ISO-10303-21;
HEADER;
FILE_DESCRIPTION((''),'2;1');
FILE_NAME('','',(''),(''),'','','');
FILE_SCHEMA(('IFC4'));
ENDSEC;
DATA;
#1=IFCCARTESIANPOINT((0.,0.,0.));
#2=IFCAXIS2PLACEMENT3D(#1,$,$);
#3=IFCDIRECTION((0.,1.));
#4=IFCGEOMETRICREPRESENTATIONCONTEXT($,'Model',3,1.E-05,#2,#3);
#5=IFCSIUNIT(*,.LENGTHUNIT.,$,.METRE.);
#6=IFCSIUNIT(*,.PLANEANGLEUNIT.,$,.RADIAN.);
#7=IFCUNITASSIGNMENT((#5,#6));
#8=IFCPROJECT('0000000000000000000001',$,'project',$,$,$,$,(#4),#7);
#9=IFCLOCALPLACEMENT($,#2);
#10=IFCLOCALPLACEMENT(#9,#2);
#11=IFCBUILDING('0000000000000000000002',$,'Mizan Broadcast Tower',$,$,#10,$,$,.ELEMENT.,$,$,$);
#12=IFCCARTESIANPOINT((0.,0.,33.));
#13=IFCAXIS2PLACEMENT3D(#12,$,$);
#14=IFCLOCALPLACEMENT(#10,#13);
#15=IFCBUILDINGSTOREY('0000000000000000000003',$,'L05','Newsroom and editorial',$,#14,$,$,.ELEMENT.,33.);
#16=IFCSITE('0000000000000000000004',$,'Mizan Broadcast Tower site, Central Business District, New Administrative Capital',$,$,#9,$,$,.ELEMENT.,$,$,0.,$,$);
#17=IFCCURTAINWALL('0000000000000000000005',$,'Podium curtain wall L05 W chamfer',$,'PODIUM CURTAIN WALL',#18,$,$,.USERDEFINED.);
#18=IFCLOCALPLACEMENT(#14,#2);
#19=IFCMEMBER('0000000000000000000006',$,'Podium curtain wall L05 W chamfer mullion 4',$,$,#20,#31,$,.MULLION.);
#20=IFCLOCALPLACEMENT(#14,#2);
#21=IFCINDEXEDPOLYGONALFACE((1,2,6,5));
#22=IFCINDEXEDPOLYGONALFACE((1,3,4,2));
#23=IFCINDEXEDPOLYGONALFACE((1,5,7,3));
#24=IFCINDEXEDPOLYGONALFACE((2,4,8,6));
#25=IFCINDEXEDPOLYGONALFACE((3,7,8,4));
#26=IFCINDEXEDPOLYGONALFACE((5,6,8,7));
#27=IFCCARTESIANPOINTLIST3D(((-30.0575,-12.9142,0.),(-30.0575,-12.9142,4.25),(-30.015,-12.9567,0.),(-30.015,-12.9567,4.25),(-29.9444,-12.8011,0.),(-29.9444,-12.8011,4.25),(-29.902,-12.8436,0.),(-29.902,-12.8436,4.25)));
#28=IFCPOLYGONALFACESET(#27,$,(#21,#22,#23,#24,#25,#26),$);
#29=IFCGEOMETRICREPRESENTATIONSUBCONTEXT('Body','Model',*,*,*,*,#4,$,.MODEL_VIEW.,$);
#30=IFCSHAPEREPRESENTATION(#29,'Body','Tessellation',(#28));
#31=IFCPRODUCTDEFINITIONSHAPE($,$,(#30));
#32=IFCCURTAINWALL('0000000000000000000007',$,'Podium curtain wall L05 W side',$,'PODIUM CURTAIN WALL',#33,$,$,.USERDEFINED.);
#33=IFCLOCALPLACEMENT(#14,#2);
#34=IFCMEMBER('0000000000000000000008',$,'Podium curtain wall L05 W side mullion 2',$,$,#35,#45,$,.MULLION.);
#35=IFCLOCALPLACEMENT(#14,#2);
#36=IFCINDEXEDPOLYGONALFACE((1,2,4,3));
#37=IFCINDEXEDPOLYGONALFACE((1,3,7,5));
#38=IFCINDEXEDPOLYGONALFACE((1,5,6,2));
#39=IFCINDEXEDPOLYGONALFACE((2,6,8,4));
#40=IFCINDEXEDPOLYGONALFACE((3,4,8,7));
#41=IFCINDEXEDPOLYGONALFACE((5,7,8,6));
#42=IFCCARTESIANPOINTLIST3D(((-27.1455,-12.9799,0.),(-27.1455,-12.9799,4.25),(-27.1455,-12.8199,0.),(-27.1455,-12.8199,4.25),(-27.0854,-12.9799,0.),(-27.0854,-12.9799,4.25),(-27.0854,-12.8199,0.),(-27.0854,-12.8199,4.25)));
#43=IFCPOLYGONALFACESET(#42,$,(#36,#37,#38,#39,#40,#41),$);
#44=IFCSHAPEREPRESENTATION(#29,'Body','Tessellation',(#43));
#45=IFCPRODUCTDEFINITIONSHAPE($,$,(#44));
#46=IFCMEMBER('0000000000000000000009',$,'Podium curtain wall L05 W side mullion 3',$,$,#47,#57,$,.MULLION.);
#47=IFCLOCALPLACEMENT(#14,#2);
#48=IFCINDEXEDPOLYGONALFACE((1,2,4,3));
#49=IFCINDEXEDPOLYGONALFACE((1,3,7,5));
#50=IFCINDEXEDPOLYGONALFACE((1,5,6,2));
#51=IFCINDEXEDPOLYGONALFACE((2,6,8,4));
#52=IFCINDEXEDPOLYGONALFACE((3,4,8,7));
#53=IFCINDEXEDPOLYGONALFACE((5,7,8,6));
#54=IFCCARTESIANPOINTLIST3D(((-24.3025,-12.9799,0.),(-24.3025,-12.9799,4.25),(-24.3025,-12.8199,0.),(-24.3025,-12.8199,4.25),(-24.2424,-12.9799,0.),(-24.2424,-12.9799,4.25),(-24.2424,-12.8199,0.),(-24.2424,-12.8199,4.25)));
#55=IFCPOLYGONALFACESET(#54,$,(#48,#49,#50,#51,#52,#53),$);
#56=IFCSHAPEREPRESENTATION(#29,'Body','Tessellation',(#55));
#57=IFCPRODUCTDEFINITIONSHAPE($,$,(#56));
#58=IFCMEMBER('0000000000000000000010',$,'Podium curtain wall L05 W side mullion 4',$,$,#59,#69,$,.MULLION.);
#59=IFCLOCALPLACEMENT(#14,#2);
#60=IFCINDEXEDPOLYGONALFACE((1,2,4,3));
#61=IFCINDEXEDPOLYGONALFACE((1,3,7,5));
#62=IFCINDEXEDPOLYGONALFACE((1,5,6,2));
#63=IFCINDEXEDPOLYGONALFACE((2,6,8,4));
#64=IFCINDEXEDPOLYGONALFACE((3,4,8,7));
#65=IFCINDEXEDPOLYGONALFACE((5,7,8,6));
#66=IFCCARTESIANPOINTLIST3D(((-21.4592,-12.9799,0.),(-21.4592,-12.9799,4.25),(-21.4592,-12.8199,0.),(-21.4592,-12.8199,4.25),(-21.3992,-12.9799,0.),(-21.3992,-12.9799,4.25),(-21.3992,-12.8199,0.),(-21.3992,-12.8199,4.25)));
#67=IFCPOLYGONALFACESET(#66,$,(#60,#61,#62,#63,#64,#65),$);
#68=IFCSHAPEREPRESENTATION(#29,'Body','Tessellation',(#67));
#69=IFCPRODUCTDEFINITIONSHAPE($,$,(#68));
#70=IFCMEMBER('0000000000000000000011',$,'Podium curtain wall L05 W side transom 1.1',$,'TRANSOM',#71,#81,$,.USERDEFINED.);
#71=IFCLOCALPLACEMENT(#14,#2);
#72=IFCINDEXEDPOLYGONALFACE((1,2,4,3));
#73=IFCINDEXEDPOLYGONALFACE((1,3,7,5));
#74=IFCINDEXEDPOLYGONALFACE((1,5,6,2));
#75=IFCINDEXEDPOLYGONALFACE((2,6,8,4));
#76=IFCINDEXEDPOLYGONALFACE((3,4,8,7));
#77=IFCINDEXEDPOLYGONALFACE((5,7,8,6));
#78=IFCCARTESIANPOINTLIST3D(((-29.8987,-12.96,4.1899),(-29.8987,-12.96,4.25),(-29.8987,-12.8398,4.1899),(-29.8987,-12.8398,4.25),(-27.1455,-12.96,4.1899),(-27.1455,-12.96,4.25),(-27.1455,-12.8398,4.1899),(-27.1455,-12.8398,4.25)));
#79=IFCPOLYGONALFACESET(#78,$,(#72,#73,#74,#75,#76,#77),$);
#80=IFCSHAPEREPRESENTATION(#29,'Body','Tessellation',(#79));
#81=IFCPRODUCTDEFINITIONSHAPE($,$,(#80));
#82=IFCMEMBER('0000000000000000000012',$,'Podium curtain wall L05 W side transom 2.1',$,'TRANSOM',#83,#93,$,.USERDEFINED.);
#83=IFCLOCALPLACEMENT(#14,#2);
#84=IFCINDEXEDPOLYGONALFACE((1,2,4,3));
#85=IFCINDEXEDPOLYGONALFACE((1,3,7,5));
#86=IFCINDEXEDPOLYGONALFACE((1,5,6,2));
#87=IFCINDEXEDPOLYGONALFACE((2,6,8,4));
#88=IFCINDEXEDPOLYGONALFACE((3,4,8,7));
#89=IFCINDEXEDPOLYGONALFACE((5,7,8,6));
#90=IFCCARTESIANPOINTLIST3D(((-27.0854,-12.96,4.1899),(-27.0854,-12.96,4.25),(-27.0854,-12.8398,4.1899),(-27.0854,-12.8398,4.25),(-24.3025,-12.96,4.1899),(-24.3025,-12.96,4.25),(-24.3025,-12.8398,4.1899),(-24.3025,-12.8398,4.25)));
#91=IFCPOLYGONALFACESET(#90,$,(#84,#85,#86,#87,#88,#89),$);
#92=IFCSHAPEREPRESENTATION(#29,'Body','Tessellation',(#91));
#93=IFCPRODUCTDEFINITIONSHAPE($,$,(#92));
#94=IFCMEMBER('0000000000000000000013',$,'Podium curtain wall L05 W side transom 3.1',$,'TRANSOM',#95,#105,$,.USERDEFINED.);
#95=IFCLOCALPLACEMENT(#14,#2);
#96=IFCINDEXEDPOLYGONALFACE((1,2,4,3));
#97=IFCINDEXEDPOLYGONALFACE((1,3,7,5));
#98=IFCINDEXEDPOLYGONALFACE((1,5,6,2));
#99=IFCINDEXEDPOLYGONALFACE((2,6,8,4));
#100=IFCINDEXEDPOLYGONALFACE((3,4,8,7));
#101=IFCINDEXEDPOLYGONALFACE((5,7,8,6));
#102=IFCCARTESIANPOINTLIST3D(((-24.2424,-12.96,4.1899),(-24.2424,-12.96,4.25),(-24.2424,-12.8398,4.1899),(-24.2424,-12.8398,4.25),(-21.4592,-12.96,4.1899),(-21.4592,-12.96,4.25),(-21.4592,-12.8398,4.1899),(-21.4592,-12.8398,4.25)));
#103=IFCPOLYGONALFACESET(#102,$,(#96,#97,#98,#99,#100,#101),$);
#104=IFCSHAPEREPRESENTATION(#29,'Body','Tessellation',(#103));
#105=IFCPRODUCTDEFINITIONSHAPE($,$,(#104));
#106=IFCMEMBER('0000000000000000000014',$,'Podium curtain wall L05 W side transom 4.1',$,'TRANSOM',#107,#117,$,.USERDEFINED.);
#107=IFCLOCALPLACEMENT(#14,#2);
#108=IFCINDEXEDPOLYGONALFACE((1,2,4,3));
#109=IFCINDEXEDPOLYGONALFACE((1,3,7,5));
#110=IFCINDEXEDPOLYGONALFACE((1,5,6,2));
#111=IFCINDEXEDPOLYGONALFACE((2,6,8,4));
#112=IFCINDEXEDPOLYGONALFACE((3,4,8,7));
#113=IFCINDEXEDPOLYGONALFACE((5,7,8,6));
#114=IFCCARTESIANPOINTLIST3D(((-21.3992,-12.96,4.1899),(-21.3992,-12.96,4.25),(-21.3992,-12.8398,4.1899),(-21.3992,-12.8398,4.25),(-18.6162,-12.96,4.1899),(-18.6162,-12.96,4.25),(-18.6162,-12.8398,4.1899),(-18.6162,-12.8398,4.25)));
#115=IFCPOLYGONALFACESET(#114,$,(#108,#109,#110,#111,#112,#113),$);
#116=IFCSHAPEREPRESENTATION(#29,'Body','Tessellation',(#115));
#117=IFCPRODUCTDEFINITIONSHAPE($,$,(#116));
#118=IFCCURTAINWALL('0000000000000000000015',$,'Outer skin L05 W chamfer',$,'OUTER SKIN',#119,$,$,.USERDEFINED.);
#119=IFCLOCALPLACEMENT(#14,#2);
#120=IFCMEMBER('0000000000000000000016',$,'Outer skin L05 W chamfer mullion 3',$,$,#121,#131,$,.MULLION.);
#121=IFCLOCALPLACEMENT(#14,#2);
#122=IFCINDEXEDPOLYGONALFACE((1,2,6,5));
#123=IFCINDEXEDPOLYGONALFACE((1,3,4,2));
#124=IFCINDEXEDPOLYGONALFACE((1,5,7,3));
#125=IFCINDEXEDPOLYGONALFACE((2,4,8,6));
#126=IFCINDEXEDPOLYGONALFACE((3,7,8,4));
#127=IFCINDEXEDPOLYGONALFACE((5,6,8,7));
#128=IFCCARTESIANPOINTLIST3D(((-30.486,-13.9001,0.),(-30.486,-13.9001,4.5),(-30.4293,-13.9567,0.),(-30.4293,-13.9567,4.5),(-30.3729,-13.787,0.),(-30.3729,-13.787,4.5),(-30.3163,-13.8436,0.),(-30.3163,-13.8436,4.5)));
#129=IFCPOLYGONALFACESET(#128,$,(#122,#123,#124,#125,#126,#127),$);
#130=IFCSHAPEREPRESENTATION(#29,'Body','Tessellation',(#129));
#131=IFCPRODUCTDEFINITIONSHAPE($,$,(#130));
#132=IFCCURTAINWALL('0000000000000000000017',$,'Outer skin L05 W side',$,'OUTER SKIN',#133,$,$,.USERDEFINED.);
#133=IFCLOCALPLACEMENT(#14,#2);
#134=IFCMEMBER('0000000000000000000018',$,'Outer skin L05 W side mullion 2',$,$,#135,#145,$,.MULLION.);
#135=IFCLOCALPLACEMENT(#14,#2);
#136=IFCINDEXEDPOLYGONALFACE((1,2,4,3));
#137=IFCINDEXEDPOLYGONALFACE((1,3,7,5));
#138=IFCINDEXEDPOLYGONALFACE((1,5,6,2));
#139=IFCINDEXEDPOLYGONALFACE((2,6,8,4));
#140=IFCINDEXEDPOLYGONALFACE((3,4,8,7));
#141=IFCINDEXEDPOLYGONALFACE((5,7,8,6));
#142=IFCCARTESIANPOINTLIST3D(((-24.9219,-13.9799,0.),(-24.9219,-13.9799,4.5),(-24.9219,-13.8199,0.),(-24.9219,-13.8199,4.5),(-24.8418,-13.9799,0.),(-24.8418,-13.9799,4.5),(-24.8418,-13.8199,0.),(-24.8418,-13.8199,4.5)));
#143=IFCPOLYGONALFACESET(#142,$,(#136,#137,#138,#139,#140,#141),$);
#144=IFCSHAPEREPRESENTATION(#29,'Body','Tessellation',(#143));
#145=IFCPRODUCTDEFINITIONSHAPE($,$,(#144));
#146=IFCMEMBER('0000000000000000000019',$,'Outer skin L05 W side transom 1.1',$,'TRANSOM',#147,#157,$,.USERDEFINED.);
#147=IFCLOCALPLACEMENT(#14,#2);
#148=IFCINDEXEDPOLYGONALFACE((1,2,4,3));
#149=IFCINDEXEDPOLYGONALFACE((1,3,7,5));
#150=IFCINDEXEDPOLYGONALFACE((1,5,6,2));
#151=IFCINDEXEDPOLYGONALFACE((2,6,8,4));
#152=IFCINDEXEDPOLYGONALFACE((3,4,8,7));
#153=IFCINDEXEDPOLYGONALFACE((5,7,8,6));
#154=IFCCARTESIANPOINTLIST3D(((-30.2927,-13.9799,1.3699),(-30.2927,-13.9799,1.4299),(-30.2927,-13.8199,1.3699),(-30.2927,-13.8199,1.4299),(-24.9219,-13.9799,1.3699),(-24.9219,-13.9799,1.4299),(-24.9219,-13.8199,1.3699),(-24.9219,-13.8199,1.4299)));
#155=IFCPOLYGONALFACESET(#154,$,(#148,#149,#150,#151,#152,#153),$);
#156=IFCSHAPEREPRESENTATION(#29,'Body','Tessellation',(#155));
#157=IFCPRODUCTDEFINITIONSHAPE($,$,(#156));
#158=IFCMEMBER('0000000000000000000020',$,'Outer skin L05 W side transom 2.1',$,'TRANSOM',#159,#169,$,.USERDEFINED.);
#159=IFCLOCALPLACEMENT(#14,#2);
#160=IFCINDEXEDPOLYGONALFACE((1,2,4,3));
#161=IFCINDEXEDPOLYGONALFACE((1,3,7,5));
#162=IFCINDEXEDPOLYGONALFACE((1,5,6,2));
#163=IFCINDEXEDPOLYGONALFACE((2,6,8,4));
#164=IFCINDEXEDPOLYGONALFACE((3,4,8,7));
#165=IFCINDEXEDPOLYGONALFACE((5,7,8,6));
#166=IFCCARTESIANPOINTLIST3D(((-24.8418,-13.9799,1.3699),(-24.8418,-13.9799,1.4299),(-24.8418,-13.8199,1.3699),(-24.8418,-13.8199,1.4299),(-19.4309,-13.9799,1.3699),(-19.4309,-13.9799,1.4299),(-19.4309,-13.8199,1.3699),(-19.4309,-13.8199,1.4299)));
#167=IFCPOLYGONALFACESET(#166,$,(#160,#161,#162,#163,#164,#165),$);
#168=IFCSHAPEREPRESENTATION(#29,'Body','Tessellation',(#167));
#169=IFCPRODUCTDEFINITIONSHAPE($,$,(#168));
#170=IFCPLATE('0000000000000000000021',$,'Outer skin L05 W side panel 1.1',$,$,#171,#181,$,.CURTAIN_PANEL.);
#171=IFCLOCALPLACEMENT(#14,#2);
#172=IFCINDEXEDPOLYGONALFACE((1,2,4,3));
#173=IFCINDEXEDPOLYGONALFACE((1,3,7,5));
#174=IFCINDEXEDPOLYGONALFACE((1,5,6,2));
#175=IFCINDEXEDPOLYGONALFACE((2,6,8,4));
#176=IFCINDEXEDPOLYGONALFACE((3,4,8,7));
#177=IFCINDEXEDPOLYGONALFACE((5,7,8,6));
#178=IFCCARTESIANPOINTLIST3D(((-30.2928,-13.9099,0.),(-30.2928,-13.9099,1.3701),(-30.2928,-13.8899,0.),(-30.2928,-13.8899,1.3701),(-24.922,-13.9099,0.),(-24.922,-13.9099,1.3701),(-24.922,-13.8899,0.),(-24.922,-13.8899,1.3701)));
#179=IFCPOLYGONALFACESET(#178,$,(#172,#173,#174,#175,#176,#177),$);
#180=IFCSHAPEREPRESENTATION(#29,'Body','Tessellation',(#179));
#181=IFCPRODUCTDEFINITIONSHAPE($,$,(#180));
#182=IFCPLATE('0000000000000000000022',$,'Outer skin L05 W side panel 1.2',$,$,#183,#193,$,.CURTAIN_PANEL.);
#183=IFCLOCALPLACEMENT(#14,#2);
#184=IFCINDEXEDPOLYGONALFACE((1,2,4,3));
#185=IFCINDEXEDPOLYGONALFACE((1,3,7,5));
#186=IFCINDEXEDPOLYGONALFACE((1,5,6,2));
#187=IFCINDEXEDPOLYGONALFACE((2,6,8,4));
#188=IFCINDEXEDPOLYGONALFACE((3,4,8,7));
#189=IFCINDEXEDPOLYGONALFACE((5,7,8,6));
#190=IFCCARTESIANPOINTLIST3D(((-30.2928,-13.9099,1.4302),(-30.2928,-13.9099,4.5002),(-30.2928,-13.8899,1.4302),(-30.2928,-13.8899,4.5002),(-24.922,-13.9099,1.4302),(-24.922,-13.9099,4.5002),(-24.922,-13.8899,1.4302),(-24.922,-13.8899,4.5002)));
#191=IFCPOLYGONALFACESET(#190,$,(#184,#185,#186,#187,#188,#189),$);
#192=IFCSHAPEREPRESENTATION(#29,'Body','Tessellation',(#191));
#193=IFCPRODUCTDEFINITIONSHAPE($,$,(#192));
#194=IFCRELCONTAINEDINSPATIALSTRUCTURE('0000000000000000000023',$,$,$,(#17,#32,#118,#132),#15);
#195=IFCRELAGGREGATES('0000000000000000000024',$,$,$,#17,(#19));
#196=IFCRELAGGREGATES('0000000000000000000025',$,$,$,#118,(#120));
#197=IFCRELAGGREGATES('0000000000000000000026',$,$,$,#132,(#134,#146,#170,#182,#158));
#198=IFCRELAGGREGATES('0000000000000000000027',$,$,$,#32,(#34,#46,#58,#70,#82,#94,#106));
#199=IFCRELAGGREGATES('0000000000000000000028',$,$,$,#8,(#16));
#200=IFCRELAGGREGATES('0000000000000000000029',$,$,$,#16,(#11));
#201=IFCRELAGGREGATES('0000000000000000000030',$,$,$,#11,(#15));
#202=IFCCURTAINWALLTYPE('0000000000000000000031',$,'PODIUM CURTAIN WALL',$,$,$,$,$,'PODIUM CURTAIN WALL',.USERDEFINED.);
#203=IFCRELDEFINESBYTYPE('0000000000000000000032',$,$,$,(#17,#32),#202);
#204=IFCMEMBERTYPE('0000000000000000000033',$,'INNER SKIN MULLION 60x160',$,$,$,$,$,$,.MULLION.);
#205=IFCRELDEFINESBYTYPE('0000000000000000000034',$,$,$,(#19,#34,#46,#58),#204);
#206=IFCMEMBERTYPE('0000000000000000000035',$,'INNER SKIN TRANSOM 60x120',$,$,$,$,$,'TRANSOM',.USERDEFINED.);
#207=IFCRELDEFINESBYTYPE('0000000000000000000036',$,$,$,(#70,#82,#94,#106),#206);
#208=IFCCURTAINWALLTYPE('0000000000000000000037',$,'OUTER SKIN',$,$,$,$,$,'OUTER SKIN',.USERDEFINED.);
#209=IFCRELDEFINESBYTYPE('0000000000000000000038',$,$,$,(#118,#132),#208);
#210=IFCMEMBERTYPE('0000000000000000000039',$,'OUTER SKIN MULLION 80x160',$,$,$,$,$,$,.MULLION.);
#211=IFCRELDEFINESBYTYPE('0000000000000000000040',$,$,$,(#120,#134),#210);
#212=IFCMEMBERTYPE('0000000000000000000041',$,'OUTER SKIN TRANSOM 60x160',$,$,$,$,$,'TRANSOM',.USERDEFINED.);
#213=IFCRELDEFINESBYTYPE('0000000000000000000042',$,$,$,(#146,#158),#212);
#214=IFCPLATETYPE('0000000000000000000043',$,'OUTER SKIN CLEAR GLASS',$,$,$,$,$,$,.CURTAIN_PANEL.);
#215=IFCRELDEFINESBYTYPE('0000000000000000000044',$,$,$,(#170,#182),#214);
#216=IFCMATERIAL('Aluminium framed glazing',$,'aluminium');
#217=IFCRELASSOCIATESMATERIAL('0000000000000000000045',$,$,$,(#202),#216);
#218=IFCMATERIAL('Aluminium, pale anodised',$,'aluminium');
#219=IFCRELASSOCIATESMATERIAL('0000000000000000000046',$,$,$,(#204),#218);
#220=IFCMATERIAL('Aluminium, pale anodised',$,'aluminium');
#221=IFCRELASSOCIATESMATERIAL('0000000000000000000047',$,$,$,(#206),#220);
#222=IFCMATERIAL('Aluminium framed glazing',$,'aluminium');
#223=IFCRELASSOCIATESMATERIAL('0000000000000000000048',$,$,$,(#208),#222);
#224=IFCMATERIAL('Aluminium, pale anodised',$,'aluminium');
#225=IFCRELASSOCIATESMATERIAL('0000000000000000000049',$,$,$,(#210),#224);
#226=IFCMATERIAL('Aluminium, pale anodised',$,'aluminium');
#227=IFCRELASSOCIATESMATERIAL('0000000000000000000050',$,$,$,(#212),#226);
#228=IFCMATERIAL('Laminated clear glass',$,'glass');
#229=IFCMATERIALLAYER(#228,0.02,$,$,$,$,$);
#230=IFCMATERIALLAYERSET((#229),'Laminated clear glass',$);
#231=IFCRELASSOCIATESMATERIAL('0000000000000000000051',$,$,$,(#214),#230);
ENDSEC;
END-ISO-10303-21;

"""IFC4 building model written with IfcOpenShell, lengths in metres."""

from ifc_helpers import new_model, si_unit, direction, frame, origin, origin_2d, place, context, subcontext, project, spatial, rectangle, extrude, material, layer, layer_set, material_profile, profile_set, type_object, element, aggregate, save


model = new_model("IFC4")

# Units and contexts
model_context = context("Model", 3, precision=1e-05, world=origin(), true_north=direction((0.0, 1.0)))
body_context = subcontext(model_context, "Body", "Model", "MODEL_VIEW")
ifc_project = project(units=[si_unit("LENGTHUNIT", "METRE"), si_unit("PLANEANGLEUNIT", "RADIAN")], contexts=[model_context])

# Site, building, storey
site_placement = place(None, origin())
site = spatial("IfcSite", under=ifc_project, at=site_placement, Name="Mizan Broadcast Tower site, Central Business District, New Administrative Capital", CompositionType="ELEMENT", RefElevation=0.0)
building_placement = place(site_placement, origin())
building = spatial("IfcBuilding", under=site, at=building_placement, Name="Mizan Broadcast Tower", CompositionType="ELEMENT")
storey_placement = place(building_placement, frame((0.0, 0.0, 33.0)))
storey = spatial("IfcBuildingStorey", under=building, at=storey_placement, Name="L05", Description="Newsroom and editorial", CompositionType="ELEMENT", Elevation=33.0)

# Curtain wall, member
ifc_material_1 = material(Name="Aluminium framed glazing", Category="aluminium")
curtain_wall_type_1 = type_object("IfcCurtainWallType", Name="PODIUM CURTAIN WALL", ElementType="PODIUM CURTAIN WALL", PredefinedType="USERDEFINED", material=ifc_material_1)
curtain_wall_1_placement = place(storey_placement, origin())
curtain_wall_1 = element("IfcCurtainWall", 1, at=curtain_wall_1_placement, inside=storey, type_object=curtain_wall_type_1, Name="Podium curtain wall L05 W chamfer", ObjectType="PODIUM CURTAIN WALL", PredefinedType="USERDEFINED")
ifc_material_2 = material(Name="Aluminium, pale anodised", Category="aluminium")
ifc_material_profile_1 = material_profile(ifc_material_2, rectangle(XDim=0.1599, YDim=0.0601, at=origin_2d()), Name="MULLION 160x60")
ifc_profile_set_1 = profile_set([ifc_material_profile_1], Name="Aluminium, pale anodised")
member_type_1 = type_object("IfcMemberType", Name="INNER SKIN MULLION 60x160", PredefinedType="MULLION", material=ifc_profile_set_1)
member_1_placement = place(storey_placement, frame((-29.9797, -12.8789, 0.0), z_axis=(0.0, 0.0, 1.0), x_axis=(0.707107, 0.707107, 0.0)))
member_1 = element("IfcMember", 2, at=member_1_placement, type_object=member_type_1, Name="Podium curtain wall L05 W chamfer mullion 4", PredefinedType="MULLION", context=body_context, shape_type="SweptSolid", body=[
    extrude(rectangle(XDim=0.1599, YDim=0.0601, at=origin_2d()), origin(), (0.0, 0.0, 1.0), 4.25),
])
aggregate(curtain_wall_1, [member_1])

# Curtain wall, members
curtain_wall_2_placement = place(storey_placement, origin())
curtain_wall_2 = element("IfcCurtainWall", 3, at=curtain_wall_2_placement, inside=storey, type_object=curtain_wall_type_1, Name="Podium curtain wall L05 W side", ObjectType="PODIUM CURTAIN WALL", PredefinedType="USERDEFINED")
member_2_placement = place(storey_placement, frame((-27.1155, -12.8999, 0.0), z_axis=(0.0, 0.0, 1.0), x_axis=(0.0, 1.0, 0.0)))
member_2 = element("IfcMember", 4, at=member_2_placement, type_object=member_type_1, Name="Podium curtain wall L05 W side mullion 2", PredefinedType="MULLION", context=body_context, shape_type="SweptSolid", body=[
    extrude(rectangle(XDim=0.1599, YDim=0.0601, at=origin_2d()), origin(), (0.0, 0.0, 1.0), 4.25),
])
member_3_placement = place(storey_placement, frame((-24.2725, -12.8999, 0.0), z_axis=(0.0, 0.0, 1.0), x_axis=(0.0, 1.0, 0.0)))
member_3 = element("IfcMember", 5, at=member_3_placement, type_object=member_type_1, Name="Podium curtain wall L05 W side mullion 3", PredefinedType="MULLION", context=body_context, shape_type="SweptSolid", body=[
    extrude(rectangle(XDim=0.1599, YDim=0.0601, at=origin_2d()), origin(), (0.0, 0.0, 1.0), 4.25),
])
member_4_placement = place(storey_placement, frame((-21.4292, -12.8999, 0.0), z_axis=(0.0, 0.0, 1.0), x_axis=(0.0, 1.0, 0.0)))
member_4 = element("IfcMember", 6, at=member_4_placement, type_object=member_type_1, Name="Podium curtain wall L05 W side mullion 4", PredefinedType="MULLION", context=body_context, shape_type="SweptSolid", body=[
    extrude(rectangle(XDim=0.1599, YDim=0.0601, at=origin_2d()), origin(), (0.0, 0.0, 1.0), 4.25),
])
ifc_material_3 = material(Name="Aluminium, pale anodised", Category="aluminium")
ifc_material_profile_2 = material_profile(ifc_material_3, rectangle(XDim=0.1201, YDim=0.0601, at=origin_2d()), Name="TRANSOM 120x60")
ifc_profile_set_2 = profile_set([ifc_material_profile_2], Name="Aluminium, pale anodised")
member_type_2 = type_object("IfcMemberType", Name="INNER SKIN TRANSOM 60x120", ElementType="TRANSOM", PredefinedType="USERDEFINED", material=ifc_profile_set_2)
member_5_placement = place(storey_placement, frame((-29.8987, -12.8999, 4.22), z_axis=(1.0, 0.0, 0.0), x_axis=(0.0, 1.0, 0.0)))
member_5 = element("IfcMember", 7, at=member_5_placement, type_object=member_type_2, Name="Podium curtain wall L05 W side transom 1.1", ObjectType="TRANSOM", PredefinedType="USERDEFINED", context=body_context, shape_type="SweptSolid", body=[
    extrude(rectangle(XDim=0.1201, YDim=0.0601, at=origin_2d()), origin(), (0.0, 0.0, 1.0), 2.7532),
])
member_6_placement = place(storey_placement, frame((-27.0854, -12.8999, 4.22), z_axis=(1.0, 0.0, 0.0), x_axis=(0.0, 1.0, 0.0)))
member_6 = element("IfcMember", 8, at=member_6_placement, type_object=member_type_2, Name="Podium curtain wall L05 W side transom 2.1", ObjectType="TRANSOM", PredefinedType="USERDEFINED", context=body_context, shape_type="SweptSolid", body=[
    extrude(rectangle(XDim=0.1201, YDim=0.0601, at=origin_2d()), origin(), (0.0, 0.0, 1.0), 2.783),
])
member_7_placement = place(storey_placement, frame((-24.2424, -12.8999, 4.22), z_axis=(1.0, 0.0, 0.0), x_axis=(0.0, 1.0, 0.0)))
member_7 = element("IfcMember", 9, at=member_7_placement, type_object=member_type_2, Name="Podium curtain wall L05 W side transom 3.1", ObjectType="TRANSOM", PredefinedType="USERDEFINED", context=body_context, shape_type="SweptSolid", body=[
    extrude(rectangle(XDim=0.1201, YDim=0.0601, at=origin_2d()), origin(), (0.0, 0.0, 1.0), 2.7832),
])
member_8_placement = place(storey_placement, frame((-21.3992, -12.8999, 4.22), z_axis=(1.0, 0.0, 0.0), x_axis=(0.0, 1.0, 0.0)))
member_8 = element("IfcMember", 10, at=member_8_placement, type_object=member_type_2, Name="Podium curtain wall L05 W side transom 4.1", ObjectType="TRANSOM", PredefinedType="USERDEFINED", context=body_context, shape_type="SweptSolid", body=[
    extrude(rectangle(XDim=0.1201, YDim=0.0601, at=origin_2d()), origin(), (0.0, 0.0, 1.0), 2.783),
])

# Curtain wall, member
ifc_material_4 = material(Name="Aluminium framed glazing", Category="aluminium")
curtain_wall_type_2 = type_object("IfcCurtainWallType", Name="OUTER SKIN", ElementType="OUTER SKIN", PredefinedType="USERDEFINED", material=ifc_material_4)
curtain_wall_3_placement = place(storey_placement, origin())
curtain_wall_3 = element("IfcCurtainWall", 11, at=curtain_wall_3_placement, inside=storey, type_object=curtain_wall_type_2, Name="Outer skin L05 W chamfer", ObjectType="OUTER SKIN", PredefinedType="USERDEFINED")
ifc_material_5 = material(Name="Aluminium, pale anodised", Category="aluminium")
ifc_material_profile_3 = material_profile(ifc_material_5, rectangle(XDim=0.1599, YDim=0.0801, at=origin_2d()), Name="MULLION 160x80")
ifc_profile_set_3 = profile_set([ifc_material_profile_3], Name="Aluminium, pale anodised")
member_type_3 = type_object("IfcMemberType", Name="OUTER SKIN MULLION 80x160", PredefinedType="MULLION", material=ifc_profile_set_3)
member_9_placement = place(storey_placement, frame((-30.4011, -13.8718, 0.0), z_axis=(0.0, 0.0, 1.0), x_axis=(0.707107, 0.707107, 0.0)))
member_9 = element("IfcMember", 12, at=member_9_placement, type_object=member_type_3, Name="Outer skin L05 W chamfer mullion 3", PredefinedType="MULLION", context=body_context, shape_type="SweptSolid", body=[
    extrude(rectangle(XDim=0.1599, YDim=0.0801, at=origin_2d()), origin(), (0.0, 0.0, 1.0), 4.5),
])

# Curtain wall, members, plates
curtain_wall_4_placement = place(storey_placement, origin())
curtain_wall_4 = element("IfcCurtainWall", 13, at=curtain_wall_4_placement, inside=storey, type_object=curtain_wall_type_2, Name="Outer skin L05 W side", ObjectType="OUTER SKIN", PredefinedType="USERDEFINED")
member_10_placement = place(storey_placement, frame((-24.8818, -13.8999, 0.0), z_axis=(0.0, 0.0, 1.0), x_axis=(0.0, 1.0, 0.0)))
member_10 = element("IfcMember", 14, at=member_10_placement, type_object=member_type_3, Name="Outer skin L05 W side mullion 2", PredefinedType="MULLION", context=body_context, shape_type="SweptSolid", body=[
    extrude(rectangle(XDim=0.1599, YDim=0.0801, at=origin_2d()), origin(), (0.0, 0.0, 1.0), 4.5),
])
ifc_material_6 = material(Name="Aluminium, pale anodised", Category="aluminium")
ifc_material_profile_4 = material_profile(ifc_material_6, rectangle(XDim=0.1599, YDim=0.0601, at=origin_2d()), Name="TRANSOM 160x60")
ifc_profile_set_4 = profile_set([ifc_material_profile_4], Name="Aluminium, pale anodised")
member_type_4 = type_object("IfcMemberType", Name="OUTER SKIN TRANSOM 60x160", ElementType="TRANSOM", PredefinedType="USERDEFINED", material=ifc_profile_set_4)
member_11_placement = place(storey_placement, frame((-30.2927, -13.8999, 1.3999), z_axis=(1.0, 0.0, 0.0), x_axis=(0.0, 1.0, 0.0)))
member_11 = element("IfcMember", 15, at=member_11_placement, type_object=member_type_4, Name="Outer skin L05 W side transom 1.1", ObjectType="TRANSOM", PredefinedType="USERDEFINED", context=body_context, shape_type="SweptSolid", body=[
    extrude(rectangle(XDim=0.1599, YDim=0.0601, at=origin_2d()), origin(), (0.0, 0.0, 1.0), 5.3708),
])
member_12_placement = place(storey_placement, frame((-24.8418, -13.8999, 1.3999), z_axis=(1.0, 0.0, 0.0), x_axis=(0.0, 1.0, 0.0)))
member_12 = element("IfcMember", 16, at=member_12_placement, type_object=member_type_4, Name="Outer skin L05 W side transom 2.1", ObjectType="TRANSOM", PredefinedType="USERDEFINED", context=body_context, shape_type="SweptSolid", body=[
    extrude(rectangle(XDim=0.1599, YDim=0.0601, at=origin_2d()), origin(), (0.0, 0.0, 1.0), 5.4109),
])
ifc_material_7 = material(Name="Laminated clear glass", Category="glass")
ifc_layer_1 = layer(ifc_material_7, 0.02)
ifc_layer_set_1 = layer_set([ifc_layer_1], Name="Laminated clear glass")
plate_type_1 = type_object("IfcPlateType", Name="OUTER SKIN CLEAR GLASS", PredefinedType="CURTAIN_PANEL", material=ifc_layer_set_1)
plate_1_placement = place(storey_placement, frame((-27.6074, -13.8999, 0.0), z_axis=(0.0, 0.0, 1.0), x_axis=(1.0, 0.0, 0.0)))
plate_1 = element("IfcPlate", 17, at=plate_1_placement, type_object=plate_type_1, Name="Outer skin L05 W side panel 1.1", PredefinedType="CURTAIN_PANEL", context=body_context, shape_type="SweptSolid", body=[
    extrude(rectangle(XDim=5.3708, YDim=0.02, at=origin_2d()), origin(), (0.0, 0.0, 1.0), 1.3701),
])
plate_2_placement = place(storey_placement, frame((-27.6074, -13.8999, 1.4302), z_axis=(0.0, 0.0, 1.0), x_axis=(1.0, 0.0, 0.0)))
plate_2 = element("IfcPlate", 18, at=plate_2_placement, type_object=plate_type_1, Name="Outer skin L05 W side panel 1.2", PredefinedType="CURTAIN_PANEL", context=body_context, shape_type="SweptSolid", body=[
    extrude(rectangle(XDim=5.3708, YDim=0.02, at=origin_2d()), origin(), (0.0, 0.0, 1.0), 3.0701),
])

aggregate(curtain_wall_3, [member_9])
aggregate(curtain_wall_4, [member_10, member_11, plate_1, plate_2, member_12])
aggregate(curtain_wall_2, [member_2, member_3, member_4, member_5, member_6, member_7, member_8])

save(model, "model.ifc")
